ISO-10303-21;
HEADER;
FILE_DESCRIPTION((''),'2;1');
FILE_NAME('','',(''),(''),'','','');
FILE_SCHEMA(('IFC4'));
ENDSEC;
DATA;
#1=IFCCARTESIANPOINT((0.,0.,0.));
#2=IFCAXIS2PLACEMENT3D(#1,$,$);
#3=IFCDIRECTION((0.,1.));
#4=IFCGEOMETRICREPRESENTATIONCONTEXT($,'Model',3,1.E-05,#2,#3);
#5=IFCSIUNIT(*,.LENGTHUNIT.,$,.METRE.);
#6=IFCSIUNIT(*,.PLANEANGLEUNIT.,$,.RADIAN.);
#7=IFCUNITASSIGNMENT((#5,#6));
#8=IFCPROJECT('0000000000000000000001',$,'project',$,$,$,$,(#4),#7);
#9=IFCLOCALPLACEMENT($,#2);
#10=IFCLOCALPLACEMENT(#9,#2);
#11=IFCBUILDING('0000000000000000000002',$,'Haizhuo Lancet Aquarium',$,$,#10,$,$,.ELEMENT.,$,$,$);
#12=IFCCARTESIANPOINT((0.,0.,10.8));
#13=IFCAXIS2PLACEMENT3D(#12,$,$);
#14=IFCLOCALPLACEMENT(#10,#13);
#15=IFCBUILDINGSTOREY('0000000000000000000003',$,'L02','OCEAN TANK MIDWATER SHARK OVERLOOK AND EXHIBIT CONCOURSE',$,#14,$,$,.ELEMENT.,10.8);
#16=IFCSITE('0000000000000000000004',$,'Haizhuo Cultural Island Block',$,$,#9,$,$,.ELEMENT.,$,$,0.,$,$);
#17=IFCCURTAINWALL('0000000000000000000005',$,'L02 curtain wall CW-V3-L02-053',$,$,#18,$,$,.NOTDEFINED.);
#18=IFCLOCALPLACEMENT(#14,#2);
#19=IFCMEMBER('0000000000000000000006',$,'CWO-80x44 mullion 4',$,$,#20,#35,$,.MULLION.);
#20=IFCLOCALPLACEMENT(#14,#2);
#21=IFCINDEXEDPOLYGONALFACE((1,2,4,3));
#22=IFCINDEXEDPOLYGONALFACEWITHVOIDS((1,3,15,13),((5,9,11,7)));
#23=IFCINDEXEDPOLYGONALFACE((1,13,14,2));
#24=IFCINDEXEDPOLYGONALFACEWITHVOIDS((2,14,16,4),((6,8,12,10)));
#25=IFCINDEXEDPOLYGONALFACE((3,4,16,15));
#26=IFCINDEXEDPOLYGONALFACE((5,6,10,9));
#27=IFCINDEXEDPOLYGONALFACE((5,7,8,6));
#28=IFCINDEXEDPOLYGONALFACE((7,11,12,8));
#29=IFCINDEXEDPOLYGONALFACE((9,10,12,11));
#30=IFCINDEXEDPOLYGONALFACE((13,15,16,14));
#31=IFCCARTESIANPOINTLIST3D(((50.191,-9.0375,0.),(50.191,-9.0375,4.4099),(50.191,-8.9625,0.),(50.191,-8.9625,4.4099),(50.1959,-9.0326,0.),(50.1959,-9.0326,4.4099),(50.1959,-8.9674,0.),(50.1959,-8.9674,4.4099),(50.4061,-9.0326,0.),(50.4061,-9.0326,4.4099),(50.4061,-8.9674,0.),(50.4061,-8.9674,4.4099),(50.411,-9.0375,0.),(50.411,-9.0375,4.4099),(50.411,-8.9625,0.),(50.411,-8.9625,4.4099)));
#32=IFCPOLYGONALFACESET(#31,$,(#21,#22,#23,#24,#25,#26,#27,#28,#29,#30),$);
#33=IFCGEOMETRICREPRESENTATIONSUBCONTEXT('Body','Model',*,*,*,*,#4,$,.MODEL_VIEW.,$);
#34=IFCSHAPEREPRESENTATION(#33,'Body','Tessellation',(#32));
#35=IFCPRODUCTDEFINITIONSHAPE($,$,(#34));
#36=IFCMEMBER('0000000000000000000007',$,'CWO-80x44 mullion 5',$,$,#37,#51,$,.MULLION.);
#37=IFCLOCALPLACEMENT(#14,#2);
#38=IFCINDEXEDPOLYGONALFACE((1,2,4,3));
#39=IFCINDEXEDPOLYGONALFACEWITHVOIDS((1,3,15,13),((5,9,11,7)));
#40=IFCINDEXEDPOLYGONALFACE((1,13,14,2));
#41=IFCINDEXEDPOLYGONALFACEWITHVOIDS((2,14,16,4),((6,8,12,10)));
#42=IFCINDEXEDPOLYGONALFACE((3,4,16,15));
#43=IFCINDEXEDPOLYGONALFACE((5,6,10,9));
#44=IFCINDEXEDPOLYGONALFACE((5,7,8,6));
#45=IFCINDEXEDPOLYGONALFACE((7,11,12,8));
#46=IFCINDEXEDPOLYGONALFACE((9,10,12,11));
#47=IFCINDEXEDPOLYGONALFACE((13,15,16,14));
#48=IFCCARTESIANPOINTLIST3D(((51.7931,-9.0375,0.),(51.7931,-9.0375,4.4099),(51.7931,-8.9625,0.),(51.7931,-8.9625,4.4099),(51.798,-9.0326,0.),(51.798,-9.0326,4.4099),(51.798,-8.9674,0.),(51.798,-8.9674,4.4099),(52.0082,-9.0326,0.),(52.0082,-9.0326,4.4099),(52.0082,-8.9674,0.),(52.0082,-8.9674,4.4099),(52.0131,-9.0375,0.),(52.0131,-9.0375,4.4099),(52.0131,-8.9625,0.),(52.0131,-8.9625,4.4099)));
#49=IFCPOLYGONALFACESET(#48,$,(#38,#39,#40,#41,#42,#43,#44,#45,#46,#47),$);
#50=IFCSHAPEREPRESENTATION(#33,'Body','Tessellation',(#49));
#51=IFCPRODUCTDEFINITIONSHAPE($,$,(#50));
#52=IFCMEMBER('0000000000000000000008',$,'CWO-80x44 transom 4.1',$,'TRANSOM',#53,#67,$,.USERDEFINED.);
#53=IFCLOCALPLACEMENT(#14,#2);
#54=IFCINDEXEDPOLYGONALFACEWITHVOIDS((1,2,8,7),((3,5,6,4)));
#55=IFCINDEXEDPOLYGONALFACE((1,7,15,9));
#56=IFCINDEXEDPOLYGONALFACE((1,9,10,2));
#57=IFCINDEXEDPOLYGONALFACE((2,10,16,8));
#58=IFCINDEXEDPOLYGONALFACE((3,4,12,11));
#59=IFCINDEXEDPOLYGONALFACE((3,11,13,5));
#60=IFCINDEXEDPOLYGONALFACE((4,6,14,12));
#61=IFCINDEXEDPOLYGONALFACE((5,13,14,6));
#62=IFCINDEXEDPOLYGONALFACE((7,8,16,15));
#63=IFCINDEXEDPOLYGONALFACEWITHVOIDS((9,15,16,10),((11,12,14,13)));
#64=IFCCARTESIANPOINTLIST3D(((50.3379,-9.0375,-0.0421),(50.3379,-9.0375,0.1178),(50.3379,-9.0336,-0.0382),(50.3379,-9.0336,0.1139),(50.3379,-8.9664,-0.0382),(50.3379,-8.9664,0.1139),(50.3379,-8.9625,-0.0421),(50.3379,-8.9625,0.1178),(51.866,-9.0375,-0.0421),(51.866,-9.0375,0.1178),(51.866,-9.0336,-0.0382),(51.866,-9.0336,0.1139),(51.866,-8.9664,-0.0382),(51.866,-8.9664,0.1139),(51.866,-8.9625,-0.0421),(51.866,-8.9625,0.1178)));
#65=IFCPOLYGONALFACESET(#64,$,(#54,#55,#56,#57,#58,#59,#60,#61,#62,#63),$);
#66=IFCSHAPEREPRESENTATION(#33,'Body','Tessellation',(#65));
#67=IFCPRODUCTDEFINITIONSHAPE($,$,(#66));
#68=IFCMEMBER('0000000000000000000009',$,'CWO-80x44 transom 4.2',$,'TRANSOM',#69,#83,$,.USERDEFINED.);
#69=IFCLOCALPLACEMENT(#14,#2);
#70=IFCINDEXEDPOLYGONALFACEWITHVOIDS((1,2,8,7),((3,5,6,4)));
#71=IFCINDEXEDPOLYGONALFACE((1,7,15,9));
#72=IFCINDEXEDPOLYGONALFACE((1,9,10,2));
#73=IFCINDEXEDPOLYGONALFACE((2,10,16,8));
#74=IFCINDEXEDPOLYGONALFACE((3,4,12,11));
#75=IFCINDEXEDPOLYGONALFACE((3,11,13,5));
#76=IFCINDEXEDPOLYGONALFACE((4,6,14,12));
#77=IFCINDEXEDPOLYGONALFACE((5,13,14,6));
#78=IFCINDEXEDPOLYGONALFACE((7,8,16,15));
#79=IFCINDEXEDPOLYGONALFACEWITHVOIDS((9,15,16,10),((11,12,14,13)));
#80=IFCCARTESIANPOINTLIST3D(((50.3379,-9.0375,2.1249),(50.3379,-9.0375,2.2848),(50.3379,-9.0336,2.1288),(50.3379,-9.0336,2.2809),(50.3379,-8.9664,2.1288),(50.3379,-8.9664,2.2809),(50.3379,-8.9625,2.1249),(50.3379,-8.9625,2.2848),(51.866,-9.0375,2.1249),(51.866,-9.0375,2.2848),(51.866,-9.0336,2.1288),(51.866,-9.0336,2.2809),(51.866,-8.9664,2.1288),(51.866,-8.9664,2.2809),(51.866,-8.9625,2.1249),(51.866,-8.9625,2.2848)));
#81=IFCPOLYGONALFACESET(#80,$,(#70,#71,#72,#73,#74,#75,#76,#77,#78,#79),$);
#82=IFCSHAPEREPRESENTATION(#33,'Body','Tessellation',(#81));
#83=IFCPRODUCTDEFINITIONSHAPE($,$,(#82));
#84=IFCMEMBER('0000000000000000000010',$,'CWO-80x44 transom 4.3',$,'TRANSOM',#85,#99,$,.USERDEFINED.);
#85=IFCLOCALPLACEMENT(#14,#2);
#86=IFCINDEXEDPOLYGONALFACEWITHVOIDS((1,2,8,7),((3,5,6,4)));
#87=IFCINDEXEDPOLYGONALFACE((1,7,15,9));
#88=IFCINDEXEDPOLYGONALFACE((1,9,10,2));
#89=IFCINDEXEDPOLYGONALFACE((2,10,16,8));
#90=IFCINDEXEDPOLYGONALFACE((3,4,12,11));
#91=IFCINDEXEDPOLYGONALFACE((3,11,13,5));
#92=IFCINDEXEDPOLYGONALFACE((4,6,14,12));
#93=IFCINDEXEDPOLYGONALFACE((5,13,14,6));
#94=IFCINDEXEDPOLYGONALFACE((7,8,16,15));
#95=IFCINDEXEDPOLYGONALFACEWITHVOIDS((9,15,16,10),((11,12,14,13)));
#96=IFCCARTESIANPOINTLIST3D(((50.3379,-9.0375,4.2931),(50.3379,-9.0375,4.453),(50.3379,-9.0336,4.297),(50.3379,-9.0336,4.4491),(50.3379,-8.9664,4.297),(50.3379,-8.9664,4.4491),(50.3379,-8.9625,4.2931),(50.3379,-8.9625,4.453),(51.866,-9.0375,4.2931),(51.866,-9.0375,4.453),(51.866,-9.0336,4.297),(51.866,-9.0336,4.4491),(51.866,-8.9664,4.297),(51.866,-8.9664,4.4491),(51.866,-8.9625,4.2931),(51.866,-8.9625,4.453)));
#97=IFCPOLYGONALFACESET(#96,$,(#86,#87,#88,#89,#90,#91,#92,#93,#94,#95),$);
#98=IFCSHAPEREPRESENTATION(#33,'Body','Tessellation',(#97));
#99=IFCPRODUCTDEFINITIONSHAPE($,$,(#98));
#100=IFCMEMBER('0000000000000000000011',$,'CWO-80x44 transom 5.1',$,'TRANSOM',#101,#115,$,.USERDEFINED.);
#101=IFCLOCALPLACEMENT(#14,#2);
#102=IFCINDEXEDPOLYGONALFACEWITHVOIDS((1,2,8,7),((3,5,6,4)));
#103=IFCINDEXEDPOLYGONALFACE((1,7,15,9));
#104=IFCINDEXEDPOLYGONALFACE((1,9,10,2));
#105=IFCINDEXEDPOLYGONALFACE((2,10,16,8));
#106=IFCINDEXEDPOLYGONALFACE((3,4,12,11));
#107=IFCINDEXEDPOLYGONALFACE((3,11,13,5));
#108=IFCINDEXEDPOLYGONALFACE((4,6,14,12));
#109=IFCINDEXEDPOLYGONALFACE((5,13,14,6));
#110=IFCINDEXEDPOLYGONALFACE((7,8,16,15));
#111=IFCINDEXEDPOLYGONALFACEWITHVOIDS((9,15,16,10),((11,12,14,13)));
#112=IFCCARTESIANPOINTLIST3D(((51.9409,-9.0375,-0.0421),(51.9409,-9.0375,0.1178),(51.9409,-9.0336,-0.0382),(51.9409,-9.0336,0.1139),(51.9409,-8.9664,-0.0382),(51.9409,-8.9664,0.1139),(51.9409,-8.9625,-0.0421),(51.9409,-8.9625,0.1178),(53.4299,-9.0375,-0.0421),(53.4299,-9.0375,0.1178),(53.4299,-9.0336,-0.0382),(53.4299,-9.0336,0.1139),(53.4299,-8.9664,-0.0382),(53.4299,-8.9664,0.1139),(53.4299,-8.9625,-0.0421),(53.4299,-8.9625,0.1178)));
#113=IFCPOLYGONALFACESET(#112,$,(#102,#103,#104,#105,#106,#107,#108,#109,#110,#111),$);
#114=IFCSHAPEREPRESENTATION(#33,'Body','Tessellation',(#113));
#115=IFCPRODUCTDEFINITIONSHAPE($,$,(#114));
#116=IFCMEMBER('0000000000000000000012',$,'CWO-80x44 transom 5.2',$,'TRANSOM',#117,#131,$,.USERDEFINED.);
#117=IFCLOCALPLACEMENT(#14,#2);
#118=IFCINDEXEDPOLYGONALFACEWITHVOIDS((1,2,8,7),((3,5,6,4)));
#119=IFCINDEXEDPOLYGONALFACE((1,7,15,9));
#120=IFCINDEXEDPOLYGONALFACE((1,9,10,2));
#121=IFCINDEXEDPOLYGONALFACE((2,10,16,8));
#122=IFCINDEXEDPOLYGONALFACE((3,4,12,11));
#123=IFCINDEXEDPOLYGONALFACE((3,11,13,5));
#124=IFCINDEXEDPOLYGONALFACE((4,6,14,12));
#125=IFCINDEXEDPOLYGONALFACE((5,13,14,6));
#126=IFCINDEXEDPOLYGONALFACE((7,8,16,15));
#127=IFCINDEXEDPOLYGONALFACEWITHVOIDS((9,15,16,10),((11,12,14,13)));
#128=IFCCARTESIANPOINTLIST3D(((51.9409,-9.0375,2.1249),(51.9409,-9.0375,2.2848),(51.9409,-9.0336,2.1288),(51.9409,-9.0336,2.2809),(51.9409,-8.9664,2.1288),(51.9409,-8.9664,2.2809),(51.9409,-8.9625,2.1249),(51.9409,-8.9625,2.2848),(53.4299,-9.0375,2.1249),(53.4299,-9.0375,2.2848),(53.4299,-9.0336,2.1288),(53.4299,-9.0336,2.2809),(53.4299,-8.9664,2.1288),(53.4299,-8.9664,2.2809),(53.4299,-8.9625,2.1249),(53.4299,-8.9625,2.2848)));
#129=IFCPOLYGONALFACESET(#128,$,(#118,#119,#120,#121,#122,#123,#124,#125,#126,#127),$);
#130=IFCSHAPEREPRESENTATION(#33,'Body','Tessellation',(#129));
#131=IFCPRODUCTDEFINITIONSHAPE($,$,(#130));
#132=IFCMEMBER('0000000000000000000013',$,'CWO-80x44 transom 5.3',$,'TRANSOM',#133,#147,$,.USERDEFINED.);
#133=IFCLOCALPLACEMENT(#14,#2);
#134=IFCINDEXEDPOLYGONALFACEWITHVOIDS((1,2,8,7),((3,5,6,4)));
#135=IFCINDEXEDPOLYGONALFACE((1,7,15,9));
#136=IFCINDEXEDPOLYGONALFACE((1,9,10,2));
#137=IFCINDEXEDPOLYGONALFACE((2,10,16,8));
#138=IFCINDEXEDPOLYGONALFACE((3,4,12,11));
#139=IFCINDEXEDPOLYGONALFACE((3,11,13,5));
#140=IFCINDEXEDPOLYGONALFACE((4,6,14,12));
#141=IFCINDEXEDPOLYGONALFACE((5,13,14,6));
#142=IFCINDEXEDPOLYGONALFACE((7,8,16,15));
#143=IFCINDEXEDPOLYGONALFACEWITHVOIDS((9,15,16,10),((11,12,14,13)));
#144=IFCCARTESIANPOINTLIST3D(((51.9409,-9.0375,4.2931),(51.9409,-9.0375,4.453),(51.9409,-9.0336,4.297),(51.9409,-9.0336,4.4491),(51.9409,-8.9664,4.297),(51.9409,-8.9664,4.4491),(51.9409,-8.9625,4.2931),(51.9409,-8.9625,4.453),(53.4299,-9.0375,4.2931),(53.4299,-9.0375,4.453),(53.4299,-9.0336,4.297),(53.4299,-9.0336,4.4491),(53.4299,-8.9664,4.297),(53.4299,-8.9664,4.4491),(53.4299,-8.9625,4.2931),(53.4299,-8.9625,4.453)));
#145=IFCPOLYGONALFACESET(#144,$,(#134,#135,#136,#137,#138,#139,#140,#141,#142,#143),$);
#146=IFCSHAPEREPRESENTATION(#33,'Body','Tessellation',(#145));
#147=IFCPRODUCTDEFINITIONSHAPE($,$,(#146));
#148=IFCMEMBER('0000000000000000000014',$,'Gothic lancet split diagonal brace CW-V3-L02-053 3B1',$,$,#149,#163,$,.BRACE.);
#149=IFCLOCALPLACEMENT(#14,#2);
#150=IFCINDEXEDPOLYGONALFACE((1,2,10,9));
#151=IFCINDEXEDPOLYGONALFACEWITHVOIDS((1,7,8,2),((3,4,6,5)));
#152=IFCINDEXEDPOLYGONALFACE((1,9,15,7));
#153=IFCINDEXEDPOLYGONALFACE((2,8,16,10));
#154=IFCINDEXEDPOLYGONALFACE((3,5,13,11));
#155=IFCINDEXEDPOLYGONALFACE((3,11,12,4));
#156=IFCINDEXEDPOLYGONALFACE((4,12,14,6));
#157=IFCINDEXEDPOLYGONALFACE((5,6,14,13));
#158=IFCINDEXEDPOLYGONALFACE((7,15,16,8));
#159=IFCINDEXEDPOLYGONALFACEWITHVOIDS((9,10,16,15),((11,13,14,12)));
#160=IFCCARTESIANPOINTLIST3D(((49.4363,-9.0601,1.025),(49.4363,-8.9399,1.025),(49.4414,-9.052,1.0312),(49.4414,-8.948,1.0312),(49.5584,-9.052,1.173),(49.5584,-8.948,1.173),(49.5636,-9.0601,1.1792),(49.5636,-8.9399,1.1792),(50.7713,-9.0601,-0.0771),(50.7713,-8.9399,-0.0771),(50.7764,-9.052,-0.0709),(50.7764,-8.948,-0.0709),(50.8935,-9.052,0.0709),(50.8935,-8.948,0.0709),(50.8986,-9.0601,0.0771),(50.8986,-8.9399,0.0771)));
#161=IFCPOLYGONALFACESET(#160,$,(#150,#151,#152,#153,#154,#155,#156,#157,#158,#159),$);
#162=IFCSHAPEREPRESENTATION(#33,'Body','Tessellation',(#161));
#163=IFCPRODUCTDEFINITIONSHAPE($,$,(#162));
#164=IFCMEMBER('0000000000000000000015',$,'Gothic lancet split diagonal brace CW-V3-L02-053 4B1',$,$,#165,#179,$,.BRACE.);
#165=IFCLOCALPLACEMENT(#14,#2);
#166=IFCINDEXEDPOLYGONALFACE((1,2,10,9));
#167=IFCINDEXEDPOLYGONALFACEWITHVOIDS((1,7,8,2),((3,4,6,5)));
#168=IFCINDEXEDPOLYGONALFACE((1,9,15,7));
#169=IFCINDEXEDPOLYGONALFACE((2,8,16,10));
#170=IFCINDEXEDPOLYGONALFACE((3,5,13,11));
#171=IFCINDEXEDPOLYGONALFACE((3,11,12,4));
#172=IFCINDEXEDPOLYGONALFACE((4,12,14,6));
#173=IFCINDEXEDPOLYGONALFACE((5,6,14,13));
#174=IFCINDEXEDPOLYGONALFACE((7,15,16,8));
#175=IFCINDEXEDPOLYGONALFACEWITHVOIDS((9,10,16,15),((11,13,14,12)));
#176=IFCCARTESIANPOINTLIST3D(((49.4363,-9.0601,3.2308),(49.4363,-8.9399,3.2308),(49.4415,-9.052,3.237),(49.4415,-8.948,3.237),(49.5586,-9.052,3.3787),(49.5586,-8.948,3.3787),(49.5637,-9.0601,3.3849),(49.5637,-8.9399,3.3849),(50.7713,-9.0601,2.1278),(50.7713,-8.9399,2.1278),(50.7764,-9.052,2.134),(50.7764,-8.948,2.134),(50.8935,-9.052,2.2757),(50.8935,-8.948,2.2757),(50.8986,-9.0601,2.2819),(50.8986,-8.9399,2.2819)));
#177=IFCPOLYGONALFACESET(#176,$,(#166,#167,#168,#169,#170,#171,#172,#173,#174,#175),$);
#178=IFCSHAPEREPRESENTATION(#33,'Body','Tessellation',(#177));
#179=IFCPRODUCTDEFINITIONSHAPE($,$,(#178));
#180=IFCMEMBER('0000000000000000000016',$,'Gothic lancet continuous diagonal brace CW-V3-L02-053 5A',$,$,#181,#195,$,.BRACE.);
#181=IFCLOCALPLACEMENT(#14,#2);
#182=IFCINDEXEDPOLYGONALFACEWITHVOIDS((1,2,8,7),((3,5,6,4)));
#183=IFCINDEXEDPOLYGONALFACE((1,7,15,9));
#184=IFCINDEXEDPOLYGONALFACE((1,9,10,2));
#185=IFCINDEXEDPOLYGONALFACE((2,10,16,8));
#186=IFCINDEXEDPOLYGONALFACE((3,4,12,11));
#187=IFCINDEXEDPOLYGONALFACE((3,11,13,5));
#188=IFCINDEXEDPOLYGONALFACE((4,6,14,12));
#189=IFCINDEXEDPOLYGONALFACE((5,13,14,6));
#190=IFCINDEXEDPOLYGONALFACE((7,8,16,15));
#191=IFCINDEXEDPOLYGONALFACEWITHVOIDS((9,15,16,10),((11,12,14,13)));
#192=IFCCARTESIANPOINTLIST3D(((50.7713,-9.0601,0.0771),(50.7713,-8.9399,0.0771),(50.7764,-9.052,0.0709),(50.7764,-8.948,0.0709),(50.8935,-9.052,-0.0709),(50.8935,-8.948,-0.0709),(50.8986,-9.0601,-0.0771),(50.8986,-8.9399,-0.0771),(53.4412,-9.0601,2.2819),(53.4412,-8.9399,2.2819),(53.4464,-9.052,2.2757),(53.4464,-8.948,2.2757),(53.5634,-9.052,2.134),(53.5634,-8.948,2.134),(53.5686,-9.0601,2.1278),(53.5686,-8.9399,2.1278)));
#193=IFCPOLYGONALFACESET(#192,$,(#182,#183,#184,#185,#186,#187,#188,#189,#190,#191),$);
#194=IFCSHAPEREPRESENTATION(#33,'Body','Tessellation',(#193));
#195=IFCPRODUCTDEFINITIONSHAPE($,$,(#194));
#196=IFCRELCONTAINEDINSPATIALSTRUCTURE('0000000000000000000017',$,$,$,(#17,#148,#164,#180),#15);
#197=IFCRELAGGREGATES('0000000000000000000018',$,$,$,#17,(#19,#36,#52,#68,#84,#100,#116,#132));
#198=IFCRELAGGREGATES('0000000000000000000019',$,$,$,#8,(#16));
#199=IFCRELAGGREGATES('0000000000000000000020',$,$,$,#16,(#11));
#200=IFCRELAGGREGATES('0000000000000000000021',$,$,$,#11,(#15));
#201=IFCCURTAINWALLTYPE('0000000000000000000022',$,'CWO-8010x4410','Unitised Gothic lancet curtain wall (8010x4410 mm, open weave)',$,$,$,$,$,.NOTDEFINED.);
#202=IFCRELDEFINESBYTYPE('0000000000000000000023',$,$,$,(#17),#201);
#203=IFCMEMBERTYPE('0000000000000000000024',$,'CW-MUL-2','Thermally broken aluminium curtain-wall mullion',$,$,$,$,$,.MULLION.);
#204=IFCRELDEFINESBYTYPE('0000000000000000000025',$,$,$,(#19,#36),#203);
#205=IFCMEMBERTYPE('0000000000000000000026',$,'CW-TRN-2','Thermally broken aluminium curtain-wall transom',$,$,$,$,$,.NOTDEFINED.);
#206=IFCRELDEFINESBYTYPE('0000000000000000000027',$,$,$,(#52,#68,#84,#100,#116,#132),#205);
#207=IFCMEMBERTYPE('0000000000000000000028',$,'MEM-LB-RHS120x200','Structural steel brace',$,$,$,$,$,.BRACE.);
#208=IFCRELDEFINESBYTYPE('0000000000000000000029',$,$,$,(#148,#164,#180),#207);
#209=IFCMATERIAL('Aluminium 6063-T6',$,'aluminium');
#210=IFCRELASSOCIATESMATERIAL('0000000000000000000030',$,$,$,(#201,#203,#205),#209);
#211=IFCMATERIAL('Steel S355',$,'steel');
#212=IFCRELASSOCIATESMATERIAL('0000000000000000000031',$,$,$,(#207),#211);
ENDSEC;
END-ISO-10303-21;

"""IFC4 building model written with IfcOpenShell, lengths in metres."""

from ifc_helpers import new_model, si_unit, direction, frame, origin, origin_2d, place, context, subcontext, project, spatial, hollow_rectangle, extrude, material, material_profile, profile_set, type_object, element, aggregate, save


model = new_model("IFC4")

# Units and contexts
model_context = context("Model", 3, precision=1e-05, world=origin(), true_north=direction((0.0, 1.0)))
body_context = subcontext(model_context, "Body", "Model", "MODEL_VIEW")
ifc_project = project(units=[si_unit("LENGTHUNIT", "METRE"), si_unit("PLANEANGLEUNIT", "RADIAN")], contexts=[model_context])

# Site, building, storey
site_placement = place(None, origin())
site = spatial("IfcSite", under=ifc_project, at=site_placement, Name="Haizhuo Cultural Island Block", CompositionType="ELEMENT", RefElevation=0.0)
building_placement = place(site_placement, origin())
building = spatial("IfcBuilding", under=site, at=building_placement, Name="Haizhuo Lancet Aquarium", CompositionType="ELEMENT")
storey_placement = place(building_placement, frame((0.0, 0.0, 10.8)))
storey = spatial("IfcBuildingStorey", under=building, at=storey_placement, Name="L02", Description="OCEAN TANK MIDWATER SHARK OVERLOOK AND EXHIBIT CONCOURSE", CompositionType="ELEMENT", Elevation=10.8)

# Curtain wall, members
ifc_material_1 = material(Name="Aluminium 6063-T6", Category="aluminium")
curtain_wall_type = type_object("IfcCurtainWallType", Name="CWO-8010x4410", Description="Unitised Gothic lancet curtain wall (8010x4410 mm, open weave)", PredefinedType="NOTDEFINED", material=ifc_material_1)
curtain_wall_placement = place(storey_placement, origin())
curtain_wall = element("IfcCurtainWall", 1, at=curtain_wall_placement, inside=storey, type_object=curtain_wall_type, Name="L02 curtain wall CW-V3-L02-053", PredefinedType="NOTDEFINED")
ifc_material_profile_1 = material_profile(ifc_material_1, hollow_rectangle(XDim=0.075, YDim=0.22, WallThickness=0.0049, at=origin_2d()), Name="ALU-M 75x220x5")
ifc_profile_set_1 = profile_set([ifc_material_profile_1], Name="Aluminium 6063-T6")
member_type_1 = type_object("IfcMemberType", Name="CW-MUL-2", Description="Thermally broken aluminium curtain-wall mullion", PredefinedType="MULLION", material=ifc_profile_set_1)
member_1_placement = place(storey_placement, frame((50.301, -9.0, 0.0), z_axis=(0.0, 0.0, 1.0), x_axis=(0.0, 1.0, 0.0)))
member_1 = element("IfcMember", 2, at=member_1_placement, type_object=member_type_1, Name="CWO-80x44 mullion 4", PredefinedType="MULLION", context=body_context, shape_type="SweptSolid", body=[
    extrude(hollow_rectangle(XDim=0.075, YDim=0.22, WallThickness=0.0049, at=origin_2d()), origin(), (0.0, 0.0, 1.0), 4.4099),
])
member_2_placement = place(storey_placement, frame((51.9031, -9.0, 0.0), z_axis=(0.0, 0.0, 1.0), x_axis=(0.0, 1.0, 0.0)))
member_2 = element("IfcMember", 3, at=member_2_placement, type_object=member_type_1, Name="CWO-80x44 mullion 5", PredefinedType="MULLION", context=body_context, shape_type="SweptSolid", body=[
    extrude(hollow_rectangle(XDim=0.075, YDim=0.22, WallThickness=0.0049, at=origin_2d()), origin(), (0.0, 0.0, 1.0), 4.4099),
])
ifc_material_profile_2 = material_profile(ifc_material_1, hollow_rectangle(XDim=0.075, YDim=0.1599, WallThickness=0.0039, at=origin_2d()), Name="ALU-T 75x160x4")
ifc_profile_set_2 = profile_set([ifc_material_profile_2], Name="Aluminium 6063-T6")
member_type_2 = type_object("IfcMemberType", Name="CW-TRN-2", Description="Thermally broken aluminium curtain-wall transom", PredefinedType="NOTDEFINED", material=ifc_profile_set_2)
member_3_placement = place(storey_placement, frame((50.3379, -9.0, 0.0378), z_axis=(1.0, 0.0, 0.0), x_axis=(0.0, 1.0, 0.0)))
member_3 = element("IfcMember", 4, at=member_3_placement, type_object=member_type_2, Name="CWO-80x44 transom 4.1", ObjectType="TRANSOM", PredefinedType="USERDEFINED", context=body_context, shape_type="SweptSolid", body=[
    extrude(hollow_rectangle(XDim=0.075, YDim=0.1599, WallThickness=0.0039, at=origin_2d()), origin(), (0.0, 0.0, 1.0), 1.5281),
])
member_4_placement = place(storey_placement, frame((50.3379, -9.0, 2.2048), z_axis=(1.0, 0.0, 0.0), x_axis=(0.0, 1.0, 0.0)))
member_4 = element("IfcMember", 5, at=member_4_placement, type_object=member_type_2, Name="CWO-80x44 transom 4.2", ObjectType="TRANSOM", PredefinedType="USERDEFINED", context=body_context, shape_type="SweptSolid", body=[
    extrude(hollow_rectangle(XDim=0.075, YDim=0.1599, WallThickness=0.0039, at=origin_2d()), origin(), (0.0, 0.0, 1.0), 1.5281),
])
member_5_placement = place(storey_placement, frame((50.3379, -9.0, 4.373), z_axis=(1.0, 0.0, 0.0), x_axis=(0.0, 1.0, 0.0)))
member_5 = element("IfcMember", 6, at=member_5_placement, type_object=member_type_2, Name="CWO-80x44 transom 4.3", ObjectType="TRANSOM", PredefinedType="USERDEFINED", context=body_context, shape_type="SweptSolid", body=[
    extrude(hollow_rectangle(XDim=0.075, YDim=0.1599, WallThickness=0.0039, at=origin_2d()), origin(), (0.0, 0.0, 1.0), 1.5281),
])
member_6_placement = place(storey_placement, frame((51.9409, -9.0, 0.0378), z_axis=(1.0, 0.0, 0.0), x_axis=(0.0, 1.0, 0.0)))
member_6 = element("IfcMember", 7, at=member_6_placement, type_object=member_type_2, Name="CWO-80x44 transom 5.1", ObjectType="TRANSOM", PredefinedType="USERDEFINED", context=body_context, shape_type="SweptSolid", body=[
    extrude(hollow_rectangle(XDim=0.075, YDim=0.1599, WallThickness=0.0039, at=origin_2d()), origin(), (0.0, 0.0, 1.0), 1.489),
])
member_7_placement = place(storey_placement, frame((51.9409, -9.0, 2.2048), z_axis=(1.0, 0.0, 0.0), x_axis=(0.0, 1.0, 0.0)))
member_7 = element("IfcMember", 8, at=member_7_placement, type_object=member_type_2, Name="CWO-80x44 transom 5.2", ObjectType="TRANSOM", PredefinedType="USERDEFINED", context=body_context, shape_type="SweptSolid", body=[
    extrude(hollow_rectangle(XDim=0.075, YDim=0.1599, WallThickness=0.0039, at=origin_2d()), origin(), (0.0, 0.0, 1.0), 1.489),
])
member_8_placement = place(storey_placement, frame((51.9409, -9.0, 4.373), z_axis=(1.0, 0.0, 0.0), x_axis=(0.0, 1.0, 0.0)))
member_8 = element("IfcMember", 9, at=member_8_placement, type_object=member_type_2, Name="CWO-80x44 transom 5.3", ObjectType="TRANSOM", PredefinedType="USERDEFINED", context=body_context, shape_type="SweptSolid", body=[
    extrude(hollow_rectangle(XDim=0.075, YDim=0.1599, WallThickness=0.0039, at=origin_2d()), origin(), (0.0, 0.0, 1.0), 1.489),
])

# Members
ifc_material_2 = material(Name="Steel S355", Category="steel")
ifc_material_profile_3 = material_profile(ifc_material_2, hollow_rectangle(XDim=0.1201, YDim=0.2, WallThickness=0.0081, at=origin_2d()), Name="RHS 120x200x8")
ifc_profile_set_3 = profile_set([ifc_material_profile_3], Name="Steel S355")
member_type_3 = type_object("IfcMemberType", Name="MEM-LB-RHS120x200", Description="Structural steel brace", PredefinedType="BRACE", material=ifc_profile_set_3)
member_9_placement = place(storey_placement, frame((50.835, -9.0, 0.0), z_axis=(-0.771172, 0.0, 0.636626), x_axis=(0.0, -1.0, 0.0)))
element("IfcMember", 10, at=member_9_placement, inside=storey, type_object=member_type_3, Name="Gothic lancet split diagonal brace CW-V3-L02-053 3B1", PredefinedType="BRACE", context=body_context, shape_type="SweptSolid", body=[
    extrude(hollow_rectangle(XDim=0.1201, YDim=0.2, WallThickness=0.0081, at=origin_2d()), origin(), (0.0, 0.0, 1.0), 1.7312),
])
member_10_placement = place(storey_placement, frame((50.835, -9.0, 2.2048), z_axis=(-0.770896, 0.0, 0.636962), x_axis=(0.0, -1.0, 0.0)))
element("IfcMember", 11, at=member_10_placement, inside=storey, type_object=member_type_3, Name="Gothic lancet split diagonal brace CW-V3-L02-053 4B1", PredefinedType="BRACE", context=body_context, shape_type="SweptSolid", body=[
    extrude(hollow_rectangle(XDim=0.1201, YDim=0.2, WallThickness=0.0081, at=origin_2d()), origin(), (0.0, 0.0, 1.0), 1.7317),
])
member_11_placement = place(storey_placement, frame((50.835, -9.0, 0.0), z_axis=(0.771069, 0.0, 0.636752), x_axis=(0.0, 1.0, 0.0)))
element("IfcMember", 12, at=member_11_placement, inside=storey, type_object=member_type_3, Name="Gothic lancet continuous diagonal brace CW-V3-L02-053 5A", PredefinedType="BRACE", context=body_context, shape_type="SweptSolid", body=[
    extrude(hollow_rectangle(XDim=0.1201, YDim=0.2, WallThickness=0.0081, at=origin_2d()), origin(), (0.0, 0.0, 1.0), 3.4626),
])

aggregate(curtain_wall, [member_1, member_2, member_3, member_4, member_5, member_6, member_7, member_8])

save(model, "model.ifc")
